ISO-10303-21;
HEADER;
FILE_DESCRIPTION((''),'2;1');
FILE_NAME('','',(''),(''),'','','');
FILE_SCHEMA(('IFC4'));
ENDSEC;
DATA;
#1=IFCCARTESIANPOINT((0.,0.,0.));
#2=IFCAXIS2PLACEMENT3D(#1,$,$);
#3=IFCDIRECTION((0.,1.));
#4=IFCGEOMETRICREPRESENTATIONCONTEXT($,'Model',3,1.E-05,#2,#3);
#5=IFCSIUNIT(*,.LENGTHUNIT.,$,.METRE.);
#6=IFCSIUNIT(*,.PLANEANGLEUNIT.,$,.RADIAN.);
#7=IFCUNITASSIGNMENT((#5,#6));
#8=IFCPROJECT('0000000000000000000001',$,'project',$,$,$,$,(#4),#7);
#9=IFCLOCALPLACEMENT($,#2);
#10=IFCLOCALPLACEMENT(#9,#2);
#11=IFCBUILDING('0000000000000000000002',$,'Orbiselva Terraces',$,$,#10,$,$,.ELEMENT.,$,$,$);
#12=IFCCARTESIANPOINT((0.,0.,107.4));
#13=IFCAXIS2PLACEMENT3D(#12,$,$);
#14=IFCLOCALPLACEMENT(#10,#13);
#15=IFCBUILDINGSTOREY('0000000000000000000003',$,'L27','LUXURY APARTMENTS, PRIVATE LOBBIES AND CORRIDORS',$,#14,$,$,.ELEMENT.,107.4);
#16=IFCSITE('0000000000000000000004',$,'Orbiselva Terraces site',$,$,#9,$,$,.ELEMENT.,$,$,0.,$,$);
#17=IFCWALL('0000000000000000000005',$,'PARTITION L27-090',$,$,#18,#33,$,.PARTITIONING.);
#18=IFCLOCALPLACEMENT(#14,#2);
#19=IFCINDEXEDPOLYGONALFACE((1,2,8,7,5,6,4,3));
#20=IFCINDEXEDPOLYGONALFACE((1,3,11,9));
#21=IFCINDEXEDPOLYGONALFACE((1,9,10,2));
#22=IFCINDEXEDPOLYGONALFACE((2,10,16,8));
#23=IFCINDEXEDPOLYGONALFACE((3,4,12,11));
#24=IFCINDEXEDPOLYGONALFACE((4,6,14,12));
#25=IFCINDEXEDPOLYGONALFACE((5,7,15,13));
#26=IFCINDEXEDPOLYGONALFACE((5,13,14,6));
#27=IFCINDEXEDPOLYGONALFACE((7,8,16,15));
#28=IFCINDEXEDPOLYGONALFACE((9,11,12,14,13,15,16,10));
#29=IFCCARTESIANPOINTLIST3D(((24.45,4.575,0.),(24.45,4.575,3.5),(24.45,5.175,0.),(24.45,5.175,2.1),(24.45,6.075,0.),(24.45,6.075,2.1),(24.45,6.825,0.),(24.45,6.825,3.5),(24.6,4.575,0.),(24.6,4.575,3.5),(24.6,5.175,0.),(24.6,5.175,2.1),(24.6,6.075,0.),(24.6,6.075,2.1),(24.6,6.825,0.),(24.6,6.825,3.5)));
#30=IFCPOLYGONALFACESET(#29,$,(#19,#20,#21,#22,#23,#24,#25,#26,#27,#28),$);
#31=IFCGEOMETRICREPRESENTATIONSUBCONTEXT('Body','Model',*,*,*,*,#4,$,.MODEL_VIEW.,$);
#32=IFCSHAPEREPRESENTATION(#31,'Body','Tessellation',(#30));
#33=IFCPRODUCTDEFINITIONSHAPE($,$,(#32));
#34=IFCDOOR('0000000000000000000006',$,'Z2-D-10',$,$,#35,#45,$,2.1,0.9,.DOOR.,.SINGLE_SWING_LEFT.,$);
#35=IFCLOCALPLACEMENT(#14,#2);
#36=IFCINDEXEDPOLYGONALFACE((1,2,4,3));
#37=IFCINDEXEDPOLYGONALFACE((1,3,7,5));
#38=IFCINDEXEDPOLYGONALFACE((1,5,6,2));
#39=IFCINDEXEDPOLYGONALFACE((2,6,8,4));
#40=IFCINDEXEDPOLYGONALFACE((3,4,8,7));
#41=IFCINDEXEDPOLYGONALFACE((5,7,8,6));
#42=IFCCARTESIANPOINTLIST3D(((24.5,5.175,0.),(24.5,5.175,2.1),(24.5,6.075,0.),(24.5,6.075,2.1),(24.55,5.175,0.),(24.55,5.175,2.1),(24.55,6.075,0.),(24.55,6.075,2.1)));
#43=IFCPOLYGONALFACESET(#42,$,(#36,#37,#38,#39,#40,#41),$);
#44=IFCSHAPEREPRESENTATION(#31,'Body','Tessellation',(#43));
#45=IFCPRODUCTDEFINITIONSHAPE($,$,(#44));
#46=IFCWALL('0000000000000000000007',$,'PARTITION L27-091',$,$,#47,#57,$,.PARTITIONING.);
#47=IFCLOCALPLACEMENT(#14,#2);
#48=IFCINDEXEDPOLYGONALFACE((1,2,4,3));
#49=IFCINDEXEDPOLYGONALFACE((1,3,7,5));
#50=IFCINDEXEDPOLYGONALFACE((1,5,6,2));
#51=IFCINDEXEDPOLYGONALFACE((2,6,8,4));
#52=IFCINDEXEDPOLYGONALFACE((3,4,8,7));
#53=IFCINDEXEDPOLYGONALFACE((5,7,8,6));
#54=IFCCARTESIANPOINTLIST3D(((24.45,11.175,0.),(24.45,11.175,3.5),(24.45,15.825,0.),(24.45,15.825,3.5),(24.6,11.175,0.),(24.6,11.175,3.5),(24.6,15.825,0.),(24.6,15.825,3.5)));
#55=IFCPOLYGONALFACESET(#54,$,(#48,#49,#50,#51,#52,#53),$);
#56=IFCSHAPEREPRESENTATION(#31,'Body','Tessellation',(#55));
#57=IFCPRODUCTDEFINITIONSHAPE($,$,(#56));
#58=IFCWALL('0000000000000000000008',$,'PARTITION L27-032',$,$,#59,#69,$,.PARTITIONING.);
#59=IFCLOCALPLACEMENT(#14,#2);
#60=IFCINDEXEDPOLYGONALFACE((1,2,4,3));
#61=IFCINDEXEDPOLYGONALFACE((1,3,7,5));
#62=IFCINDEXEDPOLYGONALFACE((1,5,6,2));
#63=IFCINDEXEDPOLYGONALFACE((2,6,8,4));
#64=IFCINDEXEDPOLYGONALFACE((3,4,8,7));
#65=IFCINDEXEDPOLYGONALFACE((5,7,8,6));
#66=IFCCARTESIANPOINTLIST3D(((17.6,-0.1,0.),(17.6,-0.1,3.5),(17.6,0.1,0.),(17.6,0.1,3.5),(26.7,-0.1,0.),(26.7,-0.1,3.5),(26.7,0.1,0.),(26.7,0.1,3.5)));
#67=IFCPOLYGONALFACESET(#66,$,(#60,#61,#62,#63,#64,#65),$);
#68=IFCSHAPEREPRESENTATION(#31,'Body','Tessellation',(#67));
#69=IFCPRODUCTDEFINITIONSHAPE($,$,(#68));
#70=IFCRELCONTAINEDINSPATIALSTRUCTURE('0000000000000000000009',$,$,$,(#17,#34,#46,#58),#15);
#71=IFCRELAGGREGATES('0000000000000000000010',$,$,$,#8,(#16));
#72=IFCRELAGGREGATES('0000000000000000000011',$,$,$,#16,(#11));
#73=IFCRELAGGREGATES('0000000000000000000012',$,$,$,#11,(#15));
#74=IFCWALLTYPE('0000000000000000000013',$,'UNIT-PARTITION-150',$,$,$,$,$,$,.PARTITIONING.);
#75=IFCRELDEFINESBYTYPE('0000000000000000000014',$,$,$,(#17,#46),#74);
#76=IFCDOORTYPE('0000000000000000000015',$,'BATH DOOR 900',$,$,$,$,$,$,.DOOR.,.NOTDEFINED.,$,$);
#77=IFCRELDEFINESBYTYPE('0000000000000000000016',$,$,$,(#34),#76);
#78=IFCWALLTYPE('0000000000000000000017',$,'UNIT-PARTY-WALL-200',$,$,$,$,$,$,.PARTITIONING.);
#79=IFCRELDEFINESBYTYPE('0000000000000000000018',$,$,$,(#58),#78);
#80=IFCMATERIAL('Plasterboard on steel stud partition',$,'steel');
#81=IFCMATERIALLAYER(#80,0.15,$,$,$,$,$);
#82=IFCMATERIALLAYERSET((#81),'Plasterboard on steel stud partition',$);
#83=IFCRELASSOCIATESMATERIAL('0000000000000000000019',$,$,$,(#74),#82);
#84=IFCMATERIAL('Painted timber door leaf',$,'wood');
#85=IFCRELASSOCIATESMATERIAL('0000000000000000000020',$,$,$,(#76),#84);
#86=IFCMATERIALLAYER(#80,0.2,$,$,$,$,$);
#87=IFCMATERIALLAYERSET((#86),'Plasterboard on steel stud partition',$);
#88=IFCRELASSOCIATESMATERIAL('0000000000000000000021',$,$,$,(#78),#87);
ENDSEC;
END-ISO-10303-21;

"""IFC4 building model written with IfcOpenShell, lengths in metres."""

from ifc_helpers import new_model, si_unit, direction, frame, frame_2d, origin, place, context, subcontext, project, spatial, rectangle, extrude, material, layer, layer_set, type_object, element, fill, save


model = new_model("IFC4")

# Units and contexts
model_context = context("Model", 3, precision=1e-05, world=origin(), true_north=direction((0.0, 1.0)))
body_context = subcontext(model_context, "Body", "Model", "MODEL_VIEW")
ifc_project = project(units=[si_unit("LENGTHUNIT", "METRE"), si_unit("PLANEANGLEUNIT", "RADIAN")], contexts=[model_context])

# Site, building, storey
site_placement = place(None, origin())
site = spatial("IfcSite", under=ifc_project, at=site_placement, Name="Orbiselva Terraces site", CompositionType="ELEMENT", RefElevation=0.0)
building_placement = place(site_placement, origin())
building = spatial("IfcBuilding", under=site, at=building_placement, Name="Orbiselva Terraces", CompositionType="ELEMENT")
storey_placement = place(building_placement, frame((0.0, 0.0, 107.4)))
storey = spatial("IfcBuildingStorey", under=building, at=storey_placement, Name="L27", Description="LUXURY APARTMENTS, PRIVATE LOBBIES AND CORRIDORS", CompositionType="ELEMENT", Elevation=107.4)

# Shared definitions
ifc_material_1 = material(Name="Plasterboard on steel stud partition", Category="steel")
ifc_layer_1 = layer(ifc_material_1, 0.15)
ifc_layer_set_1 = layer_set([ifc_layer_1], Name="Plasterboard on steel stud partition")
wall_type_1 = type_object("IfcWallType", Name="UNIT-PARTITION-150", PredefinedType="PARTITIONING", material=ifc_layer_set_1)

# Shared definitions
ifc_material_2 = material(Name="Painted timber door leaf", Category="wood")
door_type_1 = type_object("IfcDoorType", Name="BATH DOOR 900", OperationType="NOTDEFINED", PredefinedType="DOOR", material=ifc_material_2)

# Wall, opening, door
wall_1_placement = place(storey_placement, frame((24.525, 4.575, 0.0), z_axis=(0.0, 0.0, 1.0), x_axis=(0.0, 1.0, 0.0)))
wall_1 = element("IfcWall", 1, at=wall_1_placement, inside=storey, type_object=wall_type_1, Name="PARTITION L27-090", PredefinedType="PARTITIONING", context=body_context, shape_type="SweptSolid", body=[
    extrude(rectangle(XDim=2.25, YDim=0.15, at=frame_2d((1.125, 0.0))), origin(), (0.0, 0.0, 1.0), 3.5),
])
opening_1_placement = place(wall_1_placement, frame((0.6, 0.0, 0.0)))
opening_1 = element("IfcOpeningElement", 2, at=opening_1_placement, cuts=wall_1, PredefinedType="OPENING", context=body_context, shape_type="SweptSolid", body=[
    extrude(rectangle(XDim=0.9, YDim=2.1, at=frame_2d((0.45, 1.05))), frame((0.0, 0.085, 0.0), z_axis=(0.0, -1.0, 0.0), x_axis=(1.0, 0.0, 0.0)), (0.0, 0.0, 1.0), 0.17),
])
door_1_placement = place(opening_1_placement, origin())
door_1 = element("IfcDoor", 3, at=door_1_placement, inside=storey, type_object=door_type_1, Name="Z2-D-10", OperationType="SINGLE_SWING_LEFT", OverallHeight=2.1, OverallWidth=0.9, PredefinedType="DOOR", context=body_context, shape_type="SweptSolid", body=[
    extrude(rectangle(XDim=0.9, YDim=2.1, at=frame_2d((0.45, 1.05))), frame((0.0, 0.025, 0.0), z_axis=(0.0, -1.0, 0.0), x_axis=(1.0, 0.0, 0.0)), (0.0, 0.0, 1.0), 0.05),
])
fill(opening_1, door_1)

# Walls
wall_2_placement = place(storey_placement, frame((24.525, 11.175, 0.0), z_axis=(0.0, 0.0, 1.0), x_axis=(0.0, 1.0, 0.0)))
element("IfcWall", 4, at=wall_2_placement, inside=storey, type_object=wall_type_1, Name="PARTITION L27-091", PredefinedType="PARTITIONING", context=body_context, shape_type="SweptSolid", body=[
    extrude(rectangle(XDim=4.65, YDim=0.15, at=frame_2d((2.325, 0.0))), origin(), (0.0, 0.0, 1.0), 3.5),
])
ifc_layer_2 = layer(ifc_material_1, 0.2)
ifc_layer_set_2 = layer_set([ifc_layer_2], Name="Plasterboard on steel stud partition")
wall_type_2 = type_object("IfcWallType", Name="UNIT-PARTY-WALL-200", PredefinedType="PARTITIONING", material=ifc_layer_set_2)
wall_3_placement = place(storey_placement, frame((17.6, 0.0, 0.0), z_axis=(0.0, 0.0, 1.0), x_axis=(1.0, 0.0, 0.0)))
element("IfcWall", 5, at=wall_3_placement, inside=storey, type_object=wall_type_2, Name="PARTITION L27-032", PredefinedType="PARTITIONING", context=body_context, shape_type="SweptSolid", body=[
    extrude(rectangle(XDim=9.1, YDim=0.2, at=frame_2d((4.55, 0.0))), origin(), (0.0, 0.0, 1.0), 3.5),
])

save(model, "model.ifc")
